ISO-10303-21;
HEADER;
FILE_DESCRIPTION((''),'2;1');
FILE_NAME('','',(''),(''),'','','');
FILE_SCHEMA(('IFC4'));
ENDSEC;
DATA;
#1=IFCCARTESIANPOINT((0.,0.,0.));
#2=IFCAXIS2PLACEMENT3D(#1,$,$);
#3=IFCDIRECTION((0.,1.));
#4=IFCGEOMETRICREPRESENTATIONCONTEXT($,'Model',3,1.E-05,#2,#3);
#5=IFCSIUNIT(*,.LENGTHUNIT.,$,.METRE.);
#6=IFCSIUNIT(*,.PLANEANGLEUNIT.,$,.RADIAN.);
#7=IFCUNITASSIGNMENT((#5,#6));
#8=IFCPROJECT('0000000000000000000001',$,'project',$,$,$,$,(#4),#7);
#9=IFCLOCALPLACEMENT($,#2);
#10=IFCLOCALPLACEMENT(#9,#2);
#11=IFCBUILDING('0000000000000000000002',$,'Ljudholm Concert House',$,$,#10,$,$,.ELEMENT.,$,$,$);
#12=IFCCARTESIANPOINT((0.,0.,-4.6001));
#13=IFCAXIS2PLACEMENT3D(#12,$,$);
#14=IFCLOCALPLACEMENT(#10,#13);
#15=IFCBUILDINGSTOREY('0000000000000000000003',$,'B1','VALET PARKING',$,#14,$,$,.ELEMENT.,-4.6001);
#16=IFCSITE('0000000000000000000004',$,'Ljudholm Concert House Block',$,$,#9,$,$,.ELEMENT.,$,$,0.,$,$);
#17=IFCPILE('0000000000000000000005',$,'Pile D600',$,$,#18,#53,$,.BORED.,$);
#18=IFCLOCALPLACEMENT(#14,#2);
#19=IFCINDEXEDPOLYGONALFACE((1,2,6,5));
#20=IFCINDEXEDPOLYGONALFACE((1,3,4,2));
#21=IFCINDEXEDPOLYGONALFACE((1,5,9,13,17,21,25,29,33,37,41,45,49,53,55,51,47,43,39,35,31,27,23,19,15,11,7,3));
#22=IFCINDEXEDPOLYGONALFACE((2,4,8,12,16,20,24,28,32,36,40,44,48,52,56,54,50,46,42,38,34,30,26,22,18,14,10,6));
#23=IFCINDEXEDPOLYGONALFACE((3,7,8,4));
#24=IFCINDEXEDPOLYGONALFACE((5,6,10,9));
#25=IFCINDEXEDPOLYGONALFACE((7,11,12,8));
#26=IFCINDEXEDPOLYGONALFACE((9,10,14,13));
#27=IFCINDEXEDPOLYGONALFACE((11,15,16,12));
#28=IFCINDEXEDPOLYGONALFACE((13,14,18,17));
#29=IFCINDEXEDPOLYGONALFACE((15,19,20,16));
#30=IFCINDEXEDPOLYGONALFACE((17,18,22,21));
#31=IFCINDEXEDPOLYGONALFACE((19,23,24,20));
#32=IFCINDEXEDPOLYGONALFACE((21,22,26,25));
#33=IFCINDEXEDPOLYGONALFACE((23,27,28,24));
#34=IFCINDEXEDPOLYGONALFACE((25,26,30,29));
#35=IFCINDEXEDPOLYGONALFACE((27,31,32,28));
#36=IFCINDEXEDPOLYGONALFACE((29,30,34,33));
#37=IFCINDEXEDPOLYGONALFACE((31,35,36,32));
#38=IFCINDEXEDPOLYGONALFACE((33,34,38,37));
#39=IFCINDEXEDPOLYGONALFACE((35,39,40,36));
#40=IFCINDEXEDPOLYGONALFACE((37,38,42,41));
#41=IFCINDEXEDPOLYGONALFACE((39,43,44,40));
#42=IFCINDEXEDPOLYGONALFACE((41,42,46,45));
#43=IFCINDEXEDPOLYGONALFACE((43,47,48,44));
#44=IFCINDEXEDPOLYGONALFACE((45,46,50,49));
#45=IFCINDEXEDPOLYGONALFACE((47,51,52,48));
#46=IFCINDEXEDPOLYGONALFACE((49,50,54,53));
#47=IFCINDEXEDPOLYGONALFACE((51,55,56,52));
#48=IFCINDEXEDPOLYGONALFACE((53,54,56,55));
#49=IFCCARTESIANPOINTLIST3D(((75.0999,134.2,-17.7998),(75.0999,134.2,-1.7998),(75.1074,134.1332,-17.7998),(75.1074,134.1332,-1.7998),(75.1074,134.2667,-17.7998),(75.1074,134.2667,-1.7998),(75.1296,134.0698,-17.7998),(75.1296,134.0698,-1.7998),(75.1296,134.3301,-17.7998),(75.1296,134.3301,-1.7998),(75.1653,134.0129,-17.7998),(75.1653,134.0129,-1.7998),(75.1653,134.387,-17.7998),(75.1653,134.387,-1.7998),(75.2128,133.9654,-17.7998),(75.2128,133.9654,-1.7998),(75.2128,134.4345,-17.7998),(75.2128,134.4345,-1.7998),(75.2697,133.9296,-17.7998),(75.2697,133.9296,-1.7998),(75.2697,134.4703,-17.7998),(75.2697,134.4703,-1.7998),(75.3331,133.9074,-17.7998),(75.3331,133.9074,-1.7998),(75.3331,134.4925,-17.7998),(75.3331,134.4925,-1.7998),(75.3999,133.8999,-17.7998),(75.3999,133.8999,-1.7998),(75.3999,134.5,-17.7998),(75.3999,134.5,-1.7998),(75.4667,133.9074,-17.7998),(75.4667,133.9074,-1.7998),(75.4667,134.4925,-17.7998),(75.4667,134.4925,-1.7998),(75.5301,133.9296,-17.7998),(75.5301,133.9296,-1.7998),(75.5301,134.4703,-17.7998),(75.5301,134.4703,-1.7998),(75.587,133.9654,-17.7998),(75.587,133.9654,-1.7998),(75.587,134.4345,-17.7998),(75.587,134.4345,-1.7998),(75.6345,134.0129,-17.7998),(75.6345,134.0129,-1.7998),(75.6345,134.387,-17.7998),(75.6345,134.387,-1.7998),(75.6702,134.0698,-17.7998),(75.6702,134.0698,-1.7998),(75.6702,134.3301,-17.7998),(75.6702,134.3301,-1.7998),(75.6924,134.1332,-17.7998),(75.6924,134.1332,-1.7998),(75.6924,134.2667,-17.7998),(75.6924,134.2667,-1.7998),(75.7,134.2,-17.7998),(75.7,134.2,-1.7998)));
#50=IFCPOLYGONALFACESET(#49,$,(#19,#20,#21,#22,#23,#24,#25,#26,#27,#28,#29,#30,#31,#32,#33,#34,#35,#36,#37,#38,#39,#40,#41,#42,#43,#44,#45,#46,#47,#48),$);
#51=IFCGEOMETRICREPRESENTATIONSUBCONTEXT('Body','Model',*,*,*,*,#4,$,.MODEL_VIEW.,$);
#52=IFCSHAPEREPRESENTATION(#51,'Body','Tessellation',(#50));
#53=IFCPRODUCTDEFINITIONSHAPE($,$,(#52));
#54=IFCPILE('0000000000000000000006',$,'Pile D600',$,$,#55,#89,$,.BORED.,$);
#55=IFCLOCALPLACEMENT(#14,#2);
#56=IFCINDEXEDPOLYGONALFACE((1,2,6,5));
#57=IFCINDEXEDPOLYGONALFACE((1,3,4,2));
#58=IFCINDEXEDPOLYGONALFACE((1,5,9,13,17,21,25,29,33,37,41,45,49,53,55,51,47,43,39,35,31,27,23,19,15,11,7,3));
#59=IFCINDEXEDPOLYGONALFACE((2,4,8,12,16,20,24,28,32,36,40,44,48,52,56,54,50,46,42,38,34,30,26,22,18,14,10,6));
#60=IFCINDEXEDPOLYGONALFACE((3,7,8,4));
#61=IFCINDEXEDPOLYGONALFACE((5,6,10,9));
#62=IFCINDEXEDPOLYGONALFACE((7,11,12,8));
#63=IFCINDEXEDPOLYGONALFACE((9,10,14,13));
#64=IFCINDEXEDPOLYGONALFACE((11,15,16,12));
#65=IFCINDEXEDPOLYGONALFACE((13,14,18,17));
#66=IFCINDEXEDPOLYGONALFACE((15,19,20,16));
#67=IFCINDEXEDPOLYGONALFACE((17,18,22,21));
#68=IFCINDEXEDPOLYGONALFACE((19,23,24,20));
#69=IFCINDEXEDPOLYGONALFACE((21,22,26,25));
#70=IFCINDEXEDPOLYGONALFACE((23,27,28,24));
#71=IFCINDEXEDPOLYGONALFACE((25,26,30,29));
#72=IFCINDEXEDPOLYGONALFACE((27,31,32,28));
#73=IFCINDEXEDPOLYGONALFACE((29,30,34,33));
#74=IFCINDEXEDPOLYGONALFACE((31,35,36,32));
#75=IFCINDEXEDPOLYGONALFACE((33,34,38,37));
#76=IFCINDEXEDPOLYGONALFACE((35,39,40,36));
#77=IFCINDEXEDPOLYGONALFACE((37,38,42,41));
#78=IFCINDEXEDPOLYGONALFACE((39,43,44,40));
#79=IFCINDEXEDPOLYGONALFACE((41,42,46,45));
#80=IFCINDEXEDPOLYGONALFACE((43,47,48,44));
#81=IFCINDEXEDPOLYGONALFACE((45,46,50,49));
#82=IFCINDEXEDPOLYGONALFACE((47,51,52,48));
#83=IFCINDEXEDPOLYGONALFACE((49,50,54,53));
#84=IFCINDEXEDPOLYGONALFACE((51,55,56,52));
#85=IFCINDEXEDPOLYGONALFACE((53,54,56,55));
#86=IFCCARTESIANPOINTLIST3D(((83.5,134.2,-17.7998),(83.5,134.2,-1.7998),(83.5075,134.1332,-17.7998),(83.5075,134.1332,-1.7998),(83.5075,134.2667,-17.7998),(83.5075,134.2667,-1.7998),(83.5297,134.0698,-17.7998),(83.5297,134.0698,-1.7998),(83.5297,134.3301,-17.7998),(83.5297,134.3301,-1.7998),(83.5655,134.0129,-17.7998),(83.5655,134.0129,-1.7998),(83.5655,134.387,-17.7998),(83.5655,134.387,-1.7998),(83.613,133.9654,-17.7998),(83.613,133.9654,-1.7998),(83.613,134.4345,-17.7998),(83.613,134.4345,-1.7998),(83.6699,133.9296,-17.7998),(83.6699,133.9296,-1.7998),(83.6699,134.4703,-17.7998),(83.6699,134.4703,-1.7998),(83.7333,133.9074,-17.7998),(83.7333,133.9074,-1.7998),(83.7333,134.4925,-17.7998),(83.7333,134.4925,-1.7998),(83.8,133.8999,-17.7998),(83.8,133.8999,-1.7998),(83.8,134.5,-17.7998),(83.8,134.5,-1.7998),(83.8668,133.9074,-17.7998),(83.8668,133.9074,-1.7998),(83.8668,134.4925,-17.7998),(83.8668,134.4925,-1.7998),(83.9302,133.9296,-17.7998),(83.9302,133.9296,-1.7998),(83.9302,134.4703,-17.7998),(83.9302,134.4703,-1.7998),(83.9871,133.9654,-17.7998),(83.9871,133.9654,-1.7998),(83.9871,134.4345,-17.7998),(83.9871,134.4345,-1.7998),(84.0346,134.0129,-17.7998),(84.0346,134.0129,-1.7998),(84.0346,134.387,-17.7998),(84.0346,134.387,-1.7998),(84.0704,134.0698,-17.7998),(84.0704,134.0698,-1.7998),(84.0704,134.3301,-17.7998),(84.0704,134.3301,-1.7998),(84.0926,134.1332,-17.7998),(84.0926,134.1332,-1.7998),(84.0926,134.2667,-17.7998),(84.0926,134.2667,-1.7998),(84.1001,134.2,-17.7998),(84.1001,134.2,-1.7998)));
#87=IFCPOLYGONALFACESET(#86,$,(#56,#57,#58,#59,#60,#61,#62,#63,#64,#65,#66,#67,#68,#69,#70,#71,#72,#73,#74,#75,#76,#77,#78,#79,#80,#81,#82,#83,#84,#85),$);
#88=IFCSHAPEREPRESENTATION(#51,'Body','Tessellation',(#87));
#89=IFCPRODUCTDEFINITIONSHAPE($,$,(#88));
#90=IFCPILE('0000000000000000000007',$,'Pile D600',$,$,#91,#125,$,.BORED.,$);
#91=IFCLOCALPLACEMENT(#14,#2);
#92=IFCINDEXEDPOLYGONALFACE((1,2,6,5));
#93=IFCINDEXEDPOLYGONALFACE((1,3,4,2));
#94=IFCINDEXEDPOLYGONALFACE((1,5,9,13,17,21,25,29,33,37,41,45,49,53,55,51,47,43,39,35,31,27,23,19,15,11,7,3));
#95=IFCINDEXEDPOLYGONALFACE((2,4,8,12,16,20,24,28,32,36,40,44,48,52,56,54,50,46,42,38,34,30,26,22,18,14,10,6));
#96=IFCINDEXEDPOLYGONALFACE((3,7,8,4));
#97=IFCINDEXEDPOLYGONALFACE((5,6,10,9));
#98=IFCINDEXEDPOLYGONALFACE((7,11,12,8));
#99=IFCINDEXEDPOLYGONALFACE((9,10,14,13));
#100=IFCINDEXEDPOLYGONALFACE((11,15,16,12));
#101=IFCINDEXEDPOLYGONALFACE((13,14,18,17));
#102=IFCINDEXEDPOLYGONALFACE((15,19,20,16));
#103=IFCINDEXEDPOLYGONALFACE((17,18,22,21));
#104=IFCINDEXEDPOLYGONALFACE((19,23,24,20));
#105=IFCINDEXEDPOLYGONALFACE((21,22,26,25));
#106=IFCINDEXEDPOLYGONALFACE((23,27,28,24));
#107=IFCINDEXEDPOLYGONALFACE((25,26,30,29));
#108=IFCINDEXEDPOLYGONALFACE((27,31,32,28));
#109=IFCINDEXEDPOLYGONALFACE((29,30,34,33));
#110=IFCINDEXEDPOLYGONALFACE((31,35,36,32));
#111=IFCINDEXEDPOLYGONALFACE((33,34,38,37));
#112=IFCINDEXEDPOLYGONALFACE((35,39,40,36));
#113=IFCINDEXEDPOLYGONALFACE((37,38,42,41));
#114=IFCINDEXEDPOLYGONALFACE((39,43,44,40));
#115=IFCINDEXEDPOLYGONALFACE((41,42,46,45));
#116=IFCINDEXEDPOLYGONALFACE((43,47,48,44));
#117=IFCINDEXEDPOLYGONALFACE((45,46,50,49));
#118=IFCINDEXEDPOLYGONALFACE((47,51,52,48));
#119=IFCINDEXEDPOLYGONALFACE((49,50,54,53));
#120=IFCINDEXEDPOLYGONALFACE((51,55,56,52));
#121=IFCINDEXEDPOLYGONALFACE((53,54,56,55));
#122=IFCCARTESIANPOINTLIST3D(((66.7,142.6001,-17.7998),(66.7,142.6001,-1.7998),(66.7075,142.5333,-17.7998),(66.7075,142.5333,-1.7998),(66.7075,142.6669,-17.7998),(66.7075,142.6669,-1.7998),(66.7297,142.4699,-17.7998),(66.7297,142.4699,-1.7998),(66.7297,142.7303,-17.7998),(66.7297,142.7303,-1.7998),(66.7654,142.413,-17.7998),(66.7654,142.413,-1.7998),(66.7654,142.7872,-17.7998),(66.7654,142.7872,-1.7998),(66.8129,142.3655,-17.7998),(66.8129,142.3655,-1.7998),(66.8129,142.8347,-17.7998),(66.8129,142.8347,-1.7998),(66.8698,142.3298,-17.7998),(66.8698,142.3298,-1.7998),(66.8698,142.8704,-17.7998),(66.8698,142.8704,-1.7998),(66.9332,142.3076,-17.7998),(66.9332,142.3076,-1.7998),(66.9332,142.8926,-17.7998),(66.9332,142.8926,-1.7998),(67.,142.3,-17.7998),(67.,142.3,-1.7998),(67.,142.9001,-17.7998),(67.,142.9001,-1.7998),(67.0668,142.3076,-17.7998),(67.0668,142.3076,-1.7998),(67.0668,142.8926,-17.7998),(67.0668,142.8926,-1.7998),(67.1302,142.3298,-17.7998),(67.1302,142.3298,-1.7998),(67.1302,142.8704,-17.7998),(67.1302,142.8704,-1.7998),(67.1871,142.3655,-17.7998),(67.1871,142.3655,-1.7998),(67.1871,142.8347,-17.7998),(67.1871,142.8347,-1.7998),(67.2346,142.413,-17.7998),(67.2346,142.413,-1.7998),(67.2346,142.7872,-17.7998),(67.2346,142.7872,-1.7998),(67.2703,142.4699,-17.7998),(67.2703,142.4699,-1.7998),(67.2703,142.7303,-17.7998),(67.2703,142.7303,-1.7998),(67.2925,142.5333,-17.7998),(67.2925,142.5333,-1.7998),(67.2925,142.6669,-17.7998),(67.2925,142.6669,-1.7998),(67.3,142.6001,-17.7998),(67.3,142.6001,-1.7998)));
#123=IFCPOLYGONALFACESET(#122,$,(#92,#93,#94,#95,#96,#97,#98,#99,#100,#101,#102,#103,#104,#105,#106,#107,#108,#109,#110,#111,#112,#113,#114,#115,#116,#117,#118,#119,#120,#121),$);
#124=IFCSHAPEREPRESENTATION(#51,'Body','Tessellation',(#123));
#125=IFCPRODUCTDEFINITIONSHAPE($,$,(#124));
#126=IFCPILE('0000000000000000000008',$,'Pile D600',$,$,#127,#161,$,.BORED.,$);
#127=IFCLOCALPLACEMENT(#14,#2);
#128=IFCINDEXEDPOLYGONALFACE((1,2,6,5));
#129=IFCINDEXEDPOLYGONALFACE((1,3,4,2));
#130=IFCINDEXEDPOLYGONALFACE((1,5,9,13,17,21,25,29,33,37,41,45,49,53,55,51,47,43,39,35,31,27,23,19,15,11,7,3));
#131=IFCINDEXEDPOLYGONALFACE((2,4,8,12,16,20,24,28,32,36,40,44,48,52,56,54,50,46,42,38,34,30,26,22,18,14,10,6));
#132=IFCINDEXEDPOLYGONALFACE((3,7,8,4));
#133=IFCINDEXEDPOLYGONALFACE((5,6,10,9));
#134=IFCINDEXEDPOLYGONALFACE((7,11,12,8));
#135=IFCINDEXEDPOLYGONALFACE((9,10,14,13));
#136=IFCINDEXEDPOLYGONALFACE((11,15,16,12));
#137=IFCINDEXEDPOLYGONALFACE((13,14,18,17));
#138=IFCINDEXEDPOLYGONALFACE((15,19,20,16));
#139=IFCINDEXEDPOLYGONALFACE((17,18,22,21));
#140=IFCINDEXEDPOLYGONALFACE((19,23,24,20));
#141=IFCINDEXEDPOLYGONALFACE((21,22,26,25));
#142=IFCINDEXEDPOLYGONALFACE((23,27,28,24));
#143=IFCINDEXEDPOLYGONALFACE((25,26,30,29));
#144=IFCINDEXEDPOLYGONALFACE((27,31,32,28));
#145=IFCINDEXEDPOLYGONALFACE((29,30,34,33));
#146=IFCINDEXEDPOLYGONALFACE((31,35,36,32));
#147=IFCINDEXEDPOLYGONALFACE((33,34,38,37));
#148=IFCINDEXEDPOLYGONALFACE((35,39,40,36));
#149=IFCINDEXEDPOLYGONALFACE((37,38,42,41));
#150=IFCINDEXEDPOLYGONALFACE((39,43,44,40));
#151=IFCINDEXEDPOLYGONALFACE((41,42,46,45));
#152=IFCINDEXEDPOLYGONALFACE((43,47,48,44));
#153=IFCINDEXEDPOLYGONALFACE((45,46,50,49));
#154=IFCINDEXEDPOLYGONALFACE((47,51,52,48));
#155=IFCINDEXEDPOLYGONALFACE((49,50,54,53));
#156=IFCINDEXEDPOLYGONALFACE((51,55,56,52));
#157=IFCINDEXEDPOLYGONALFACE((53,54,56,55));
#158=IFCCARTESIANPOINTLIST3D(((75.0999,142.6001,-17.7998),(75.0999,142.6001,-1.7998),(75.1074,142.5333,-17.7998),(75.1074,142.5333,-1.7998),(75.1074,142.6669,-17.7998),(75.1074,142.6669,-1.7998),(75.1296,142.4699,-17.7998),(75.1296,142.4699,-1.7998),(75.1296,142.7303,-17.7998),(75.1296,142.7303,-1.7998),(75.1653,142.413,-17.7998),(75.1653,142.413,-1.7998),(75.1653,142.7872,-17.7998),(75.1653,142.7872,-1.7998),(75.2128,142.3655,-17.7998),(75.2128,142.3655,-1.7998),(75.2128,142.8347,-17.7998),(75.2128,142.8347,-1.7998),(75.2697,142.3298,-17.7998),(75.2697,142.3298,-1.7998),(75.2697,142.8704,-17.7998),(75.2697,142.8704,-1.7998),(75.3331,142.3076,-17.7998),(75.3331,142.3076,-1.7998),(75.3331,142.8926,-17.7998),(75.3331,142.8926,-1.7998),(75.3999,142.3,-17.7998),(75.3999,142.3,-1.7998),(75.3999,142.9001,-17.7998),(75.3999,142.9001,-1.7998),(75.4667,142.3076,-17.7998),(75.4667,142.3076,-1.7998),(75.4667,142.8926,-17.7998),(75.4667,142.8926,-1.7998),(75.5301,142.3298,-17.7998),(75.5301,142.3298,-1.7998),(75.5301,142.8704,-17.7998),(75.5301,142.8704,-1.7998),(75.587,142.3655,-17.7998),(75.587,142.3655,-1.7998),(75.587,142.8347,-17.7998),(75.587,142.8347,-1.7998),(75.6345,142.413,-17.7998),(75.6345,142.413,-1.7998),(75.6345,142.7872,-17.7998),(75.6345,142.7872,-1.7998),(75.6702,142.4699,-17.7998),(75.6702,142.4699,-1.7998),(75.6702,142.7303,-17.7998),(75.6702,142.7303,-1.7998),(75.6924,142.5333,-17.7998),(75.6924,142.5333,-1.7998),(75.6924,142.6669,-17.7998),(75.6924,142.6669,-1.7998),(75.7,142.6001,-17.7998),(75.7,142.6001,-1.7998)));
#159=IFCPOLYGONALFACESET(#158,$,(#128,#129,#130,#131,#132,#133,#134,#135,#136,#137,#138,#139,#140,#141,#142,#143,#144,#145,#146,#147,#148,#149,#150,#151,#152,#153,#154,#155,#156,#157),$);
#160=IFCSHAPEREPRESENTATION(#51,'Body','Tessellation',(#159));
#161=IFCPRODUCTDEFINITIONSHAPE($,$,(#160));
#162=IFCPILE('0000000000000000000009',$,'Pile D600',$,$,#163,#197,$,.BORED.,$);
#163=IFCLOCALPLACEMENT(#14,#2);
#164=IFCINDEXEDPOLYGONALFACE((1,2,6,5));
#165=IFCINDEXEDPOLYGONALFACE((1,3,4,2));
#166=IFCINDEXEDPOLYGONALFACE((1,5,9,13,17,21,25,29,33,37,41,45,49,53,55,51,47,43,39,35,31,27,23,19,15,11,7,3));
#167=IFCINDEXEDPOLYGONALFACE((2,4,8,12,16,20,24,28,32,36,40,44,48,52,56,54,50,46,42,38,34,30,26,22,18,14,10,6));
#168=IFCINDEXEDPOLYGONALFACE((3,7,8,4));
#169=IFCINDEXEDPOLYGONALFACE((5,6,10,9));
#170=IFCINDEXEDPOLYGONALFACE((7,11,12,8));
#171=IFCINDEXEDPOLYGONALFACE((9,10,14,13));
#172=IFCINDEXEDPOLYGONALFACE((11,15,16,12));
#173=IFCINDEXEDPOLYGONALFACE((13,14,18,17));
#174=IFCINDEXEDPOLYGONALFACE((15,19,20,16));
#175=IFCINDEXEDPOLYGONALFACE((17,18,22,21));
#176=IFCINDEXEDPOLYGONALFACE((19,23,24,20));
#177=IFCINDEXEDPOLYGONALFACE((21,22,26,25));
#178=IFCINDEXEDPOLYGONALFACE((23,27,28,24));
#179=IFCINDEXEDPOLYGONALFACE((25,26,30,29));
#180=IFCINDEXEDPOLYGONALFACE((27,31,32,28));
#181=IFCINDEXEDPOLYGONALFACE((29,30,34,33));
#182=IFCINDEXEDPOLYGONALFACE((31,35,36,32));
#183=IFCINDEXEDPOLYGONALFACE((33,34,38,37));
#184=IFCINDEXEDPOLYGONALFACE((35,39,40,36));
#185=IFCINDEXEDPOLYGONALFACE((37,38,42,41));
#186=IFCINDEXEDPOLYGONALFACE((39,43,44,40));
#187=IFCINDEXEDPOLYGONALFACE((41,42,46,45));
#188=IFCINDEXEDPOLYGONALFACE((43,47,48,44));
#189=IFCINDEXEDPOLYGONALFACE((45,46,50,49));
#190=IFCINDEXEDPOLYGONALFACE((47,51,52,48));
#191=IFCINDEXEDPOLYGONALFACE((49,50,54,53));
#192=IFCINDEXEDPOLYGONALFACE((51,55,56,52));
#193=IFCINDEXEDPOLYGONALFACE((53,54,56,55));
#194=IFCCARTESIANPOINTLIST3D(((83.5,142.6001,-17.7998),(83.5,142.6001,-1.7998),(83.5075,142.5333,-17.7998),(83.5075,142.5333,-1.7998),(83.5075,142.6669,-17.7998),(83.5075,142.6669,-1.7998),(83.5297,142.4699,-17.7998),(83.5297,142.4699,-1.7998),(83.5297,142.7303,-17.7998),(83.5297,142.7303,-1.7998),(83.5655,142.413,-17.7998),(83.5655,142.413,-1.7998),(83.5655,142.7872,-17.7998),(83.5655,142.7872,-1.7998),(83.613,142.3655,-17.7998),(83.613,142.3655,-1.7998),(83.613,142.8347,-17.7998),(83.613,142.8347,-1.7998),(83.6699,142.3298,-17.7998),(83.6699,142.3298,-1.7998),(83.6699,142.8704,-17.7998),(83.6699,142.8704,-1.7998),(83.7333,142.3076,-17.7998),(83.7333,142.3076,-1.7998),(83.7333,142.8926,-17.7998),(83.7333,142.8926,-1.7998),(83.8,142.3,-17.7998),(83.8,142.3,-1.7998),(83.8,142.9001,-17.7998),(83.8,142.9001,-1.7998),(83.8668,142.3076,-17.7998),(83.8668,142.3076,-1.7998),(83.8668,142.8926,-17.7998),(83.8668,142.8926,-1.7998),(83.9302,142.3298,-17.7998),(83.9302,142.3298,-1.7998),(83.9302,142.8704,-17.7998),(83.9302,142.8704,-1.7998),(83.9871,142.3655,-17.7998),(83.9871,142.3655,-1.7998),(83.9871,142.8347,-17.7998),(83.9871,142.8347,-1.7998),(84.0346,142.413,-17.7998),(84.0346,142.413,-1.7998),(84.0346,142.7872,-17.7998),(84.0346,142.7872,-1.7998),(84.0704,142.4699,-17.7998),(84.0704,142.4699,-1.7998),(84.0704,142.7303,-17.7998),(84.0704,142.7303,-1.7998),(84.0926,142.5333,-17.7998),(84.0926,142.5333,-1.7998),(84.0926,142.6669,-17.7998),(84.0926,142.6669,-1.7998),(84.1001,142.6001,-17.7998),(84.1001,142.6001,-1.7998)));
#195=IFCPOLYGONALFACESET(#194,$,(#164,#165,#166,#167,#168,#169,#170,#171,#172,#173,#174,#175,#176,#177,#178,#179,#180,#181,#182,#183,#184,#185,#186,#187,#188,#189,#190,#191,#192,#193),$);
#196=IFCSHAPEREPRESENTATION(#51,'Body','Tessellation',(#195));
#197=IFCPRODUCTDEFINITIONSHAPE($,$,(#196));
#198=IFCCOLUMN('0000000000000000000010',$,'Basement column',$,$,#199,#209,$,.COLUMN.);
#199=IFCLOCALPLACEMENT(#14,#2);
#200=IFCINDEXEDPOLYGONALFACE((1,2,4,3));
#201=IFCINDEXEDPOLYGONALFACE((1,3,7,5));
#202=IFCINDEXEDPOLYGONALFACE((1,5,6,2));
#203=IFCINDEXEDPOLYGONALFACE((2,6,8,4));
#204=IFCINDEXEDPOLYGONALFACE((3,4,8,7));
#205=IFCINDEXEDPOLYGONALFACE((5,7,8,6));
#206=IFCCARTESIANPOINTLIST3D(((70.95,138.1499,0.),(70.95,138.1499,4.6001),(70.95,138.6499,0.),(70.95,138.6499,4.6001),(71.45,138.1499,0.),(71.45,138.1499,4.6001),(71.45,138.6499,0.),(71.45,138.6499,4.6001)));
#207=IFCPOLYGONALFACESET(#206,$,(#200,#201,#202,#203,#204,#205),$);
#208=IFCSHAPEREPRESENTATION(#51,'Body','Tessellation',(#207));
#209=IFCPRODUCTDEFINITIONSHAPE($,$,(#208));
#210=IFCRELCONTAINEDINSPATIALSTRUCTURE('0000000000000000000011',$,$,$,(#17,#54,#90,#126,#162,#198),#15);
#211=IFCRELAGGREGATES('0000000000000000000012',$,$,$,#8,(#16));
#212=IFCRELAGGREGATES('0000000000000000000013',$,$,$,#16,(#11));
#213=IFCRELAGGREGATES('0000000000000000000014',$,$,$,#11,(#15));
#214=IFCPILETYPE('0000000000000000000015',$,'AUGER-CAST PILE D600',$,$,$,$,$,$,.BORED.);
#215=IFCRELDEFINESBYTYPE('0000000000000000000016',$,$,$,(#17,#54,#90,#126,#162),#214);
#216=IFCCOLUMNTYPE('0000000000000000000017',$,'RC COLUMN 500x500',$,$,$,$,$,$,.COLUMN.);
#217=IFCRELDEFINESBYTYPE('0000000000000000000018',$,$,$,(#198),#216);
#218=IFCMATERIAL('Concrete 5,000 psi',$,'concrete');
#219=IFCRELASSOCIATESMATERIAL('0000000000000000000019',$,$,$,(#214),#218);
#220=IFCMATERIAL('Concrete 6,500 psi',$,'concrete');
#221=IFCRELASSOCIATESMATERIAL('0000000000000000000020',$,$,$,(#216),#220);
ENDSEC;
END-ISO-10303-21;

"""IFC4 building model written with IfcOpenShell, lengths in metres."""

from ifc_helpers import new_model, si_unit, direction, frame, origin, origin_2d, place, context, subcontext, project, spatial, rectangle, circle, extrude, material, material_profile, profile_set, type_object, element, save


model = new_model("IFC4")

# Units and contexts
model_context = context("Model", 3, precision=1e-05, world=origin(), true_north=direction((0.0, 1.0)))
body_context = subcontext(model_context, "Body", "Model", "MODEL_VIEW")
ifc_project = project(units=[si_unit("LENGTHUNIT", "METRE"), si_unit("PLANEANGLEUNIT", "RADIAN")], contexts=[model_context])

# Site, building, storey
site_placement = place(None, origin())
site = spatial("IfcSite", under=ifc_project, at=site_placement, Name="Ljudholm Concert House Block", CompositionType="ELEMENT", RefElevation=0.0)
building_placement = place(site_placement, origin())
building = spatial("IfcBuilding", under=site, at=building_placement, Name="Ljudholm Concert House", CompositionType="ELEMENT")
storey_placement = place(building_placement, frame((0.0, 0.0, -4.6001)))
storey = spatial("IfcBuildingStorey", under=building, at=storey_placement, Name="B1", Description="VALET PARKING", CompositionType="ELEMENT", Elevation=-4.6001)

# Piles
ifc_material_1 = material(Name="Concrete 5,000 psi", Category="concrete")
ifc_material_profile_1 = material_profile(ifc_material_1, circle(Radius=0.3, at=origin_2d()), Name="AUGER-CAST PILE D600")
ifc_profile_set_1 = profile_set([ifc_material_profile_1], Name="Concrete 5,000 psi")
pile_type = type_object("IfcPileType", Name="AUGER-CAST PILE D600", PredefinedType="BORED", material=ifc_profile_set_1)
for number, where, z_axis, x_axis, name in (
    (1, (75.3999, 134.2, -1.7998), (0.0, 0.0, -1.0), (1.0, 0.0, 0.0), "Pile D600"),
    (2, (83.8, 134.2, -1.7998), (0.0, 0.0, -1.0), (1.0, 0.0, 0.0), "Pile D600"),
    (3, (67.0, 142.6001, -1.7998), (0.0, 0.0, -1.0), (1.0, 0.0, 0.0), "Pile D600"),
    (4, (75.3999, 142.6001, -1.7998), (0.0, 0.0, -1.0), (1.0, 0.0, 0.0), "Pile D600"),
    (5, (83.8, 142.6001, -1.7998), (0.0, 0.0, -1.0), (1.0, 0.0, 0.0), "Pile D600"),
):
    element("IfcPile", number, at=place(storey_placement, frame(where, z_axis=z_axis, x_axis=x_axis)), inside=storey, type_object=pile_type, Name=name, PredefinedType="BORED", context=body_context, shape_type="SweptSolid", body=[
        extrude(circle(Radius=0.3, at=origin_2d()), origin(), (0.0, 0.0, 1.0), 16.0),
    ])

# Column
ifc_material_2 = material(Name="Concrete 6,500 psi", Category="concrete")
ifc_material_profile_2 = material_profile(ifc_material_2, rectangle(XDim=0.5, YDim=0.5, at=origin_2d()), Name="RC COLUMN 500x500")
ifc_profile_set_2 = profile_set([ifc_material_profile_2], Name="Concrete 6,500 psi")
column_type = type_object("IfcColumnType", Name="RC COLUMN 500x500", PredefinedType="COLUMN", material=ifc_profile_set_2)
for number, where, z_axis, x_axis, name in (
    (6, (71.2, 138.3999, 0.0), (0.0, 0.0, 1.0), (1.0, 0.0, 0.0), "Basement column"),
):
    element("IfcColumn", number, at=place(storey_placement, frame(where, z_axis=z_axis, x_axis=x_axis)), inside=storey, type_object=column_type, Name=name, PredefinedType="COLUMN", context=body_context, shape_type="SweptSolid", body=[
        extrude(rectangle(XDim=0.5, YDim=0.5, at=origin_2d()), origin(), (0.0, 0.0, 1.0), 4.6001),
    ])

save(model, "model.ifc")
